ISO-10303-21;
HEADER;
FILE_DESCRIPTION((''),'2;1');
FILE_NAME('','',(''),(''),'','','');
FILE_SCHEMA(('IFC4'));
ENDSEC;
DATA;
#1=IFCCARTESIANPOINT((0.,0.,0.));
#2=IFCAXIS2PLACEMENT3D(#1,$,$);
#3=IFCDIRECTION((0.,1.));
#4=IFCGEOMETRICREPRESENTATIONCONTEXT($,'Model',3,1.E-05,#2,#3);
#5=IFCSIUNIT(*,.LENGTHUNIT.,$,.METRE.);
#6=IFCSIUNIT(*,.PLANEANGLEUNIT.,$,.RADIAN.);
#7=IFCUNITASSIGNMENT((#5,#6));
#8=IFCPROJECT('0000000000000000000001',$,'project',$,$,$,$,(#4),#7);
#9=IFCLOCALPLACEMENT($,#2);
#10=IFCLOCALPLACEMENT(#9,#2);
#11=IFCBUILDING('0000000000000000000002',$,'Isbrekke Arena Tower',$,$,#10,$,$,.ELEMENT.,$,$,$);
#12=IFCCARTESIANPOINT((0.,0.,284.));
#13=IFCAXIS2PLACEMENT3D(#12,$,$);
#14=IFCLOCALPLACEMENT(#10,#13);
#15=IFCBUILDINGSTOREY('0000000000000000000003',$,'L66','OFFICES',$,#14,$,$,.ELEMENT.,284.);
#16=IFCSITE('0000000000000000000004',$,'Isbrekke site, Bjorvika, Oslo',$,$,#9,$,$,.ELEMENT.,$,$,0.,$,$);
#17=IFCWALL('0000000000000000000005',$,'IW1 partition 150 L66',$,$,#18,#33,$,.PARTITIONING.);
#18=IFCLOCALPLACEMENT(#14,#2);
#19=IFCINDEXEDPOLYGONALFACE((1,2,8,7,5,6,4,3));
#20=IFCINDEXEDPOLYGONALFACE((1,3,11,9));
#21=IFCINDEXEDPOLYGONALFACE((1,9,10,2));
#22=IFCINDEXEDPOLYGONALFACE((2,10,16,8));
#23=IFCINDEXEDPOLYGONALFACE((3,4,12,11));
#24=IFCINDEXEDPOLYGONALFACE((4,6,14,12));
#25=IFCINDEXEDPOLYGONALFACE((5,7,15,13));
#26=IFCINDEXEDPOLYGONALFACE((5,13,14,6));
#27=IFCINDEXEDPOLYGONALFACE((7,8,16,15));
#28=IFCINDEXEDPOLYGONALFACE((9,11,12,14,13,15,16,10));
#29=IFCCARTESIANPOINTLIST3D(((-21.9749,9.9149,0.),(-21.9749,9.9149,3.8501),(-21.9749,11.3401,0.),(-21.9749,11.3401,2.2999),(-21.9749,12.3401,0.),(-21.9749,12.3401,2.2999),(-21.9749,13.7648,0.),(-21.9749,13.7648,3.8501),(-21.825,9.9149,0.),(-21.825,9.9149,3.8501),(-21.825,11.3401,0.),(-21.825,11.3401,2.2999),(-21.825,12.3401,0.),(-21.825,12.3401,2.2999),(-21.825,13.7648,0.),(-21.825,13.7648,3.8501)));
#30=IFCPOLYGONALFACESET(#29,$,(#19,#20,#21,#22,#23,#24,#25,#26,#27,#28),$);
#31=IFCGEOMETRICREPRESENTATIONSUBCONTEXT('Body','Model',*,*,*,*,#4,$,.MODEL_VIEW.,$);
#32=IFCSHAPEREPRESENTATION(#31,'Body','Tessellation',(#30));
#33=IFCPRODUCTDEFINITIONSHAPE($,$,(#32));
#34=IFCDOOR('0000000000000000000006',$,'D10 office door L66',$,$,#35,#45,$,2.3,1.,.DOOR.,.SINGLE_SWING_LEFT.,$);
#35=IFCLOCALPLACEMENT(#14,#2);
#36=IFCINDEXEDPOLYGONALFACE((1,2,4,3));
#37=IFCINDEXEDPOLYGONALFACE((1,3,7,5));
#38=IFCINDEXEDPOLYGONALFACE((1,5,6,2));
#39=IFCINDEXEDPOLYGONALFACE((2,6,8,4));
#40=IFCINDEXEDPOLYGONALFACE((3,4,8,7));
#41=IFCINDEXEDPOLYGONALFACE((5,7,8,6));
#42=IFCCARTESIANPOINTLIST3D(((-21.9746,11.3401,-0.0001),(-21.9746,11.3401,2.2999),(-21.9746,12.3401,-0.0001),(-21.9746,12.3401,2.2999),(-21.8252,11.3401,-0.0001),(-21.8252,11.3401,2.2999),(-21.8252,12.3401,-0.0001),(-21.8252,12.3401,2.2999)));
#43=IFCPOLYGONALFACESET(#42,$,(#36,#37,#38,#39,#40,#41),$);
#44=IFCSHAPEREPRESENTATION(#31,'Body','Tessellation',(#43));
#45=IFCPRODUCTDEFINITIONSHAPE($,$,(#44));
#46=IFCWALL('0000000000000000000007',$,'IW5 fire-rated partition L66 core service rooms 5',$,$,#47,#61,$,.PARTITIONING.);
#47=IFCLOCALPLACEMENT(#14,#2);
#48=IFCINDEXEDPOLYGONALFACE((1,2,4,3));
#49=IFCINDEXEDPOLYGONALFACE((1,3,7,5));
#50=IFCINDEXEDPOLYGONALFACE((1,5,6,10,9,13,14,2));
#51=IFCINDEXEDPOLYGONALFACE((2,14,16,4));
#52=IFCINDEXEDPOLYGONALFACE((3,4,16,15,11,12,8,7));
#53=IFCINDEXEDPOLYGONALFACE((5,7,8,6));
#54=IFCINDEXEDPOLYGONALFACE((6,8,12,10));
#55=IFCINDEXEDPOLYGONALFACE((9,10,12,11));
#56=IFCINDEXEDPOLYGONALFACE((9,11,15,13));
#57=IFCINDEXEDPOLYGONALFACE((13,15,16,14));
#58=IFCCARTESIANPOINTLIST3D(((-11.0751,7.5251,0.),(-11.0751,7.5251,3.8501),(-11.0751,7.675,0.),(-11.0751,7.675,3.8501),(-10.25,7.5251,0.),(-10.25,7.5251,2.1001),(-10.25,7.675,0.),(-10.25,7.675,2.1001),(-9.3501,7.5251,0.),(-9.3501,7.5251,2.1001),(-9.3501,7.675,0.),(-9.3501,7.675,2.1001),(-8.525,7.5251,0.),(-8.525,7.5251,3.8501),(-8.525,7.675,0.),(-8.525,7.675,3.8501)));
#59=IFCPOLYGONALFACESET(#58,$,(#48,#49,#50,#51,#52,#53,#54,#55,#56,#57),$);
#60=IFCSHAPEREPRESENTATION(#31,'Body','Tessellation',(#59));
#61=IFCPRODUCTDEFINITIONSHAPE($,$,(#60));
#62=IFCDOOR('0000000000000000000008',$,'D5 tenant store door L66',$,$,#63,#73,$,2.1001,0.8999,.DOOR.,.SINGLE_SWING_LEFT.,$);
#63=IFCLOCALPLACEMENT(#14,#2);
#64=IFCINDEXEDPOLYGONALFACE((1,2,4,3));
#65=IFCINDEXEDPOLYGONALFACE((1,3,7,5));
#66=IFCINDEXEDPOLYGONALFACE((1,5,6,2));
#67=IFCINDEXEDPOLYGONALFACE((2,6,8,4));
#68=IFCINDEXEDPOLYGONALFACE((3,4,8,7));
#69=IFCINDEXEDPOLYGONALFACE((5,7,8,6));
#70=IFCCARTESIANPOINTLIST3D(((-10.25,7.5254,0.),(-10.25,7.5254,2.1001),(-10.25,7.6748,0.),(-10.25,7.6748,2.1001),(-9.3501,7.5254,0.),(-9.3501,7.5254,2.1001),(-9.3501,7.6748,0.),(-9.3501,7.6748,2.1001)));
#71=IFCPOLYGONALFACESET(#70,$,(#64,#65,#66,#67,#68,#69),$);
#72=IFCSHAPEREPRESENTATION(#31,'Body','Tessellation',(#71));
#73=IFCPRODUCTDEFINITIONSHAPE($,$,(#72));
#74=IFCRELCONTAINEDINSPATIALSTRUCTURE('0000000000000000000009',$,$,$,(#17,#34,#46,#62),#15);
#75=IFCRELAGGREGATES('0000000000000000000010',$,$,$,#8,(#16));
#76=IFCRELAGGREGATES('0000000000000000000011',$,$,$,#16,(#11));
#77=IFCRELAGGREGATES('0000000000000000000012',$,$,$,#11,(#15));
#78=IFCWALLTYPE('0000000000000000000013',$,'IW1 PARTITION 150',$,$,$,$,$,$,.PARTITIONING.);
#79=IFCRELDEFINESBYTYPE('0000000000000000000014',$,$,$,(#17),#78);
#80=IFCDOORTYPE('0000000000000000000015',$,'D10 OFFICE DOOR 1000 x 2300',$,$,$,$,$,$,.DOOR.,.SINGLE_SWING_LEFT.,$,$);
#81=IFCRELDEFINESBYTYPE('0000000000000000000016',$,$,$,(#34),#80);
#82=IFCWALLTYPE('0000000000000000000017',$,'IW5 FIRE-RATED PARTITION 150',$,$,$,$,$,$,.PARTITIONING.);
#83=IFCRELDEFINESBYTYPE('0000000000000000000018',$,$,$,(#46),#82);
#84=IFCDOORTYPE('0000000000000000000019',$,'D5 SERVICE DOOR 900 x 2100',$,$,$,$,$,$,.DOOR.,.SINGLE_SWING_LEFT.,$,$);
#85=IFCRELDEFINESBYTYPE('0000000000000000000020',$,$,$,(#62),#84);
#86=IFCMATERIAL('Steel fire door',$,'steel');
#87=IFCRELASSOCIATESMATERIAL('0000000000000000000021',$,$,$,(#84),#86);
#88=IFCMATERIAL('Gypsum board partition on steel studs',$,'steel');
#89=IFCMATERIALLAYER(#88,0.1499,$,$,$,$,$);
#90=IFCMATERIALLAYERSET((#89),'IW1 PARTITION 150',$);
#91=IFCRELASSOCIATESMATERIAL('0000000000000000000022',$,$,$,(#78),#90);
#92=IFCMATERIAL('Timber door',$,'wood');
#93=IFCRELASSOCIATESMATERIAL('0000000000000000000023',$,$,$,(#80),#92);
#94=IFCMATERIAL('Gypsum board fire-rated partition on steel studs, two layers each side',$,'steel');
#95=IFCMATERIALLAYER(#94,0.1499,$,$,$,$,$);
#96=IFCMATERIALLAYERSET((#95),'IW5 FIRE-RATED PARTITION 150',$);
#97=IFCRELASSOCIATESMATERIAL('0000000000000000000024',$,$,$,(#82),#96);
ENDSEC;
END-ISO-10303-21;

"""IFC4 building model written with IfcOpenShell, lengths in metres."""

from ifc_helpers import new_model, si_unit, direction, frame, frame_2d, origin, place, context, subcontext, project, spatial, rectangle, extrude, material, layer, layer_set, type_object, element, fill, save


model = new_model("IFC4")

# Units and contexts
model_context = context("Model", 3, precision=1e-05, world=origin(), true_north=direction((0.0, 1.0)))
body_context = subcontext(model_context, "Body", "Model", "MODEL_VIEW")
ifc_project = project(units=[si_unit("LENGTHUNIT", "METRE"), si_unit("PLANEANGLEUNIT", "RADIAN")], contexts=[model_context])

# Site, building, storey
site_placement = place(None, origin())
site = spatial("IfcSite", under=ifc_project, at=site_placement, Name="Isbrekke site, Bjorvika, Oslo", CompositionType="ELEMENT", RefElevation=0.0)
building_placement = place(site_placement, origin())
building = spatial("IfcBuilding", under=site, at=building_placement, Name="Isbrekke Arena Tower", CompositionType="ELEMENT")
storey_placement = place(building_placement, frame((0.0, 0.0, 284.0)))
storey = spatial("IfcBuildingStorey", under=building, at=storey_placement, Name="L66", Description="OFFICES", CompositionType="ELEMENT", Elevation=284.0)

# Shared definitions
ifc_material_1 = material(Name="Steel fire door", Category="steel")
door_type_1 = type_object("IfcDoorType", Name="D5 SERVICE DOOR 900 x 2100", OperationType="SINGLE_SWING_LEFT", PredefinedType="DOOR", material=ifc_material_1)

# Walls, openings, doors
ifc_material_2 = material(Name="Gypsum board partition on steel studs", Category="steel")
ifc_layer_1 = layer(ifc_material_2, 0.1499)
ifc_layer_set_1 = layer_set([ifc_layer_1], Name="IW1 PARTITION 150")
wall_type_1 = type_object("IfcWallType", Name="IW1 PARTITION 150", PredefinedType="PARTITIONING", material=ifc_layer_set_1)
wall_1_placement = place(storey_placement, frame((-21.8999, 9.915, 0.0), z_axis=(0.0, 0.0, 1.0), x_axis=(0.0, 1.0, 0.0)))
wall_1 = element("IfcWall", 1, at=wall_1_placement, inside=storey, type_object=wall_type_1, Name="IW1 partition 150 L66", PredefinedType="PARTITIONING", context=body_context, shape_type="SweptSolid", body=[
    extrude(rectangle(XDim=3.8499, YDim=0.1499, at=frame_2d((1.9248, 0.0))), origin(), (0.0, 0.0, 1.0), 3.8501),
])
opening_1_placement = place(wall_1_placement, frame((1.425, 0.0, 0.0)))
opening_1 = element("IfcOpeningElement", 2, at=opening_1_placement, cuts=wall_1, PredefinedType="OPENING", context=body_context, shape_type="SweptSolid", body=[
    extrude(rectangle(XDim=1.0, YDim=2.3, at=frame_2d((0.5, 1.1499))), frame((0.0, 0.0898, 0.0), z_axis=(0.0, -1.0, 0.0), x_axis=(1.0, 0.0, 0.0)), (0.0, 0.0, 1.0), 0.1797),
])
ifc_material_3 = material(Name="Timber door", Category="wood")
door_type_2 = type_object("IfcDoorType", Name="D10 OFFICE DOOR 1000 x 2300", OperationType="SINGLE_SWING_LEFT", PredefinedType="DOOR", material=ifc_material_3)
door_1_placement = place(opening_1_placement, origin())
door_1 = element("IfcDoor", 3, at=door_1_placement, inside=storey, type_object=door_type_2, Name="D10 office door L66", OperationType="SINGLE_SWING_LEFT", OverallHeight=2.3, OverallWidth=1.0, PredefinedType="DOOR", context=body_context, shape_type="SweptSolid", body=[
    extrude(rectangle(XDim=1.0, YDim=2.3, at=frame_2d((0.5, 1.1499))), frame((0.0, 0.0747, 0.0), z_axis=(0.0, -1.0, 0.0), x_axis=(1.0, 0.0, 0.0)), (0.0, 0.0, 1.0), 0.1494),
])
fill(opening_1, door_1)
ifc_material_4 = material(Name="Gypsum board fire-rated partition on steel studs, two layers each side", Category="steel")
ifc_layer_2 = layer(ifc_material_4, 0.1499)
ifc_layer_set_2 = layer_set([ifc_layer_2], Name="IW5 FIRE-RATED PARTITION 150")
wall_type_2 = type_object("IfcWallType", Name="IW5 FIRE-RATED PARTITION 150", PredefinedType="PARTITIONING", material=ifc_layer_set_2)
wall_2_placement = place(storey_placement, frame((-11.075, 7.6001, 0.0), z_axis=(0.0, 0.0, 1.0), x_axis=(1.0, 0.0, 0.0)))
wall_2 = element("IfcWall", 4, at=wall_2_placement, inside=storey, type_object=wall_type_2, Name="IW5 fire-rated partition L66 core service rooms 5", PredefinedType="PARTITIONING", context=body_context, shape_type="SweptSolid", body=[
    extrude(rectangle(XDim=2.55, YDim=0.1499, at=frame_2d((1.2749, 0.0))), origin(), (0.0, 0.0, 1.0), 3.8501),
])
opening_2_placement = place(wall_2_placement, frame((0.825, 0.0, 0.0)))
opening_2 = element("IfcOpeningElement", 5, at=opening_2_placement, cuts=wall_2, PredefinedType="OPENING", context=body_context, shape_type="SweptSolid", body=[
    extrude(rectangle(XDim=0.8999, YDim=2.1001, at=frame_2d((0.45, 1.05))), frame((0.0, 0.0898, 0.0), z_axis=(0.0, -1.0, 0.0), x_axis=(1.0, 0.0, 0.0)), (0.0, 0.0, 1.0), 0.1797),
])
door_2_placement = place(opening_2_placement, origin())
door_2 = element("IfcDoor", 6, at=door_2_placement, inside=storey, type_object=door_type_1, Name="D5 tenant store door L66", OperationType="SINGLE_SWING_LEFT", OverallHeight=2.1001, OverallWidth=0.8999, PredefinedType="DOOR", context=body_context, shape_type="SweptSolid", body=[
    extrude(rectangle(XDim=0.8999, YDim=2.1001, at=frame_2d((0.45, 1.05))), frame((0.0, 0.0747, 0.0), z_axis=(0.0, -1.0, 0.0), x_axis=(1.0, 0.0, 0.0)), (0.0, 0.0, 1.0), 0.1494),
])
fill(opening_2, door_2)

save(model, "model.ifc")
